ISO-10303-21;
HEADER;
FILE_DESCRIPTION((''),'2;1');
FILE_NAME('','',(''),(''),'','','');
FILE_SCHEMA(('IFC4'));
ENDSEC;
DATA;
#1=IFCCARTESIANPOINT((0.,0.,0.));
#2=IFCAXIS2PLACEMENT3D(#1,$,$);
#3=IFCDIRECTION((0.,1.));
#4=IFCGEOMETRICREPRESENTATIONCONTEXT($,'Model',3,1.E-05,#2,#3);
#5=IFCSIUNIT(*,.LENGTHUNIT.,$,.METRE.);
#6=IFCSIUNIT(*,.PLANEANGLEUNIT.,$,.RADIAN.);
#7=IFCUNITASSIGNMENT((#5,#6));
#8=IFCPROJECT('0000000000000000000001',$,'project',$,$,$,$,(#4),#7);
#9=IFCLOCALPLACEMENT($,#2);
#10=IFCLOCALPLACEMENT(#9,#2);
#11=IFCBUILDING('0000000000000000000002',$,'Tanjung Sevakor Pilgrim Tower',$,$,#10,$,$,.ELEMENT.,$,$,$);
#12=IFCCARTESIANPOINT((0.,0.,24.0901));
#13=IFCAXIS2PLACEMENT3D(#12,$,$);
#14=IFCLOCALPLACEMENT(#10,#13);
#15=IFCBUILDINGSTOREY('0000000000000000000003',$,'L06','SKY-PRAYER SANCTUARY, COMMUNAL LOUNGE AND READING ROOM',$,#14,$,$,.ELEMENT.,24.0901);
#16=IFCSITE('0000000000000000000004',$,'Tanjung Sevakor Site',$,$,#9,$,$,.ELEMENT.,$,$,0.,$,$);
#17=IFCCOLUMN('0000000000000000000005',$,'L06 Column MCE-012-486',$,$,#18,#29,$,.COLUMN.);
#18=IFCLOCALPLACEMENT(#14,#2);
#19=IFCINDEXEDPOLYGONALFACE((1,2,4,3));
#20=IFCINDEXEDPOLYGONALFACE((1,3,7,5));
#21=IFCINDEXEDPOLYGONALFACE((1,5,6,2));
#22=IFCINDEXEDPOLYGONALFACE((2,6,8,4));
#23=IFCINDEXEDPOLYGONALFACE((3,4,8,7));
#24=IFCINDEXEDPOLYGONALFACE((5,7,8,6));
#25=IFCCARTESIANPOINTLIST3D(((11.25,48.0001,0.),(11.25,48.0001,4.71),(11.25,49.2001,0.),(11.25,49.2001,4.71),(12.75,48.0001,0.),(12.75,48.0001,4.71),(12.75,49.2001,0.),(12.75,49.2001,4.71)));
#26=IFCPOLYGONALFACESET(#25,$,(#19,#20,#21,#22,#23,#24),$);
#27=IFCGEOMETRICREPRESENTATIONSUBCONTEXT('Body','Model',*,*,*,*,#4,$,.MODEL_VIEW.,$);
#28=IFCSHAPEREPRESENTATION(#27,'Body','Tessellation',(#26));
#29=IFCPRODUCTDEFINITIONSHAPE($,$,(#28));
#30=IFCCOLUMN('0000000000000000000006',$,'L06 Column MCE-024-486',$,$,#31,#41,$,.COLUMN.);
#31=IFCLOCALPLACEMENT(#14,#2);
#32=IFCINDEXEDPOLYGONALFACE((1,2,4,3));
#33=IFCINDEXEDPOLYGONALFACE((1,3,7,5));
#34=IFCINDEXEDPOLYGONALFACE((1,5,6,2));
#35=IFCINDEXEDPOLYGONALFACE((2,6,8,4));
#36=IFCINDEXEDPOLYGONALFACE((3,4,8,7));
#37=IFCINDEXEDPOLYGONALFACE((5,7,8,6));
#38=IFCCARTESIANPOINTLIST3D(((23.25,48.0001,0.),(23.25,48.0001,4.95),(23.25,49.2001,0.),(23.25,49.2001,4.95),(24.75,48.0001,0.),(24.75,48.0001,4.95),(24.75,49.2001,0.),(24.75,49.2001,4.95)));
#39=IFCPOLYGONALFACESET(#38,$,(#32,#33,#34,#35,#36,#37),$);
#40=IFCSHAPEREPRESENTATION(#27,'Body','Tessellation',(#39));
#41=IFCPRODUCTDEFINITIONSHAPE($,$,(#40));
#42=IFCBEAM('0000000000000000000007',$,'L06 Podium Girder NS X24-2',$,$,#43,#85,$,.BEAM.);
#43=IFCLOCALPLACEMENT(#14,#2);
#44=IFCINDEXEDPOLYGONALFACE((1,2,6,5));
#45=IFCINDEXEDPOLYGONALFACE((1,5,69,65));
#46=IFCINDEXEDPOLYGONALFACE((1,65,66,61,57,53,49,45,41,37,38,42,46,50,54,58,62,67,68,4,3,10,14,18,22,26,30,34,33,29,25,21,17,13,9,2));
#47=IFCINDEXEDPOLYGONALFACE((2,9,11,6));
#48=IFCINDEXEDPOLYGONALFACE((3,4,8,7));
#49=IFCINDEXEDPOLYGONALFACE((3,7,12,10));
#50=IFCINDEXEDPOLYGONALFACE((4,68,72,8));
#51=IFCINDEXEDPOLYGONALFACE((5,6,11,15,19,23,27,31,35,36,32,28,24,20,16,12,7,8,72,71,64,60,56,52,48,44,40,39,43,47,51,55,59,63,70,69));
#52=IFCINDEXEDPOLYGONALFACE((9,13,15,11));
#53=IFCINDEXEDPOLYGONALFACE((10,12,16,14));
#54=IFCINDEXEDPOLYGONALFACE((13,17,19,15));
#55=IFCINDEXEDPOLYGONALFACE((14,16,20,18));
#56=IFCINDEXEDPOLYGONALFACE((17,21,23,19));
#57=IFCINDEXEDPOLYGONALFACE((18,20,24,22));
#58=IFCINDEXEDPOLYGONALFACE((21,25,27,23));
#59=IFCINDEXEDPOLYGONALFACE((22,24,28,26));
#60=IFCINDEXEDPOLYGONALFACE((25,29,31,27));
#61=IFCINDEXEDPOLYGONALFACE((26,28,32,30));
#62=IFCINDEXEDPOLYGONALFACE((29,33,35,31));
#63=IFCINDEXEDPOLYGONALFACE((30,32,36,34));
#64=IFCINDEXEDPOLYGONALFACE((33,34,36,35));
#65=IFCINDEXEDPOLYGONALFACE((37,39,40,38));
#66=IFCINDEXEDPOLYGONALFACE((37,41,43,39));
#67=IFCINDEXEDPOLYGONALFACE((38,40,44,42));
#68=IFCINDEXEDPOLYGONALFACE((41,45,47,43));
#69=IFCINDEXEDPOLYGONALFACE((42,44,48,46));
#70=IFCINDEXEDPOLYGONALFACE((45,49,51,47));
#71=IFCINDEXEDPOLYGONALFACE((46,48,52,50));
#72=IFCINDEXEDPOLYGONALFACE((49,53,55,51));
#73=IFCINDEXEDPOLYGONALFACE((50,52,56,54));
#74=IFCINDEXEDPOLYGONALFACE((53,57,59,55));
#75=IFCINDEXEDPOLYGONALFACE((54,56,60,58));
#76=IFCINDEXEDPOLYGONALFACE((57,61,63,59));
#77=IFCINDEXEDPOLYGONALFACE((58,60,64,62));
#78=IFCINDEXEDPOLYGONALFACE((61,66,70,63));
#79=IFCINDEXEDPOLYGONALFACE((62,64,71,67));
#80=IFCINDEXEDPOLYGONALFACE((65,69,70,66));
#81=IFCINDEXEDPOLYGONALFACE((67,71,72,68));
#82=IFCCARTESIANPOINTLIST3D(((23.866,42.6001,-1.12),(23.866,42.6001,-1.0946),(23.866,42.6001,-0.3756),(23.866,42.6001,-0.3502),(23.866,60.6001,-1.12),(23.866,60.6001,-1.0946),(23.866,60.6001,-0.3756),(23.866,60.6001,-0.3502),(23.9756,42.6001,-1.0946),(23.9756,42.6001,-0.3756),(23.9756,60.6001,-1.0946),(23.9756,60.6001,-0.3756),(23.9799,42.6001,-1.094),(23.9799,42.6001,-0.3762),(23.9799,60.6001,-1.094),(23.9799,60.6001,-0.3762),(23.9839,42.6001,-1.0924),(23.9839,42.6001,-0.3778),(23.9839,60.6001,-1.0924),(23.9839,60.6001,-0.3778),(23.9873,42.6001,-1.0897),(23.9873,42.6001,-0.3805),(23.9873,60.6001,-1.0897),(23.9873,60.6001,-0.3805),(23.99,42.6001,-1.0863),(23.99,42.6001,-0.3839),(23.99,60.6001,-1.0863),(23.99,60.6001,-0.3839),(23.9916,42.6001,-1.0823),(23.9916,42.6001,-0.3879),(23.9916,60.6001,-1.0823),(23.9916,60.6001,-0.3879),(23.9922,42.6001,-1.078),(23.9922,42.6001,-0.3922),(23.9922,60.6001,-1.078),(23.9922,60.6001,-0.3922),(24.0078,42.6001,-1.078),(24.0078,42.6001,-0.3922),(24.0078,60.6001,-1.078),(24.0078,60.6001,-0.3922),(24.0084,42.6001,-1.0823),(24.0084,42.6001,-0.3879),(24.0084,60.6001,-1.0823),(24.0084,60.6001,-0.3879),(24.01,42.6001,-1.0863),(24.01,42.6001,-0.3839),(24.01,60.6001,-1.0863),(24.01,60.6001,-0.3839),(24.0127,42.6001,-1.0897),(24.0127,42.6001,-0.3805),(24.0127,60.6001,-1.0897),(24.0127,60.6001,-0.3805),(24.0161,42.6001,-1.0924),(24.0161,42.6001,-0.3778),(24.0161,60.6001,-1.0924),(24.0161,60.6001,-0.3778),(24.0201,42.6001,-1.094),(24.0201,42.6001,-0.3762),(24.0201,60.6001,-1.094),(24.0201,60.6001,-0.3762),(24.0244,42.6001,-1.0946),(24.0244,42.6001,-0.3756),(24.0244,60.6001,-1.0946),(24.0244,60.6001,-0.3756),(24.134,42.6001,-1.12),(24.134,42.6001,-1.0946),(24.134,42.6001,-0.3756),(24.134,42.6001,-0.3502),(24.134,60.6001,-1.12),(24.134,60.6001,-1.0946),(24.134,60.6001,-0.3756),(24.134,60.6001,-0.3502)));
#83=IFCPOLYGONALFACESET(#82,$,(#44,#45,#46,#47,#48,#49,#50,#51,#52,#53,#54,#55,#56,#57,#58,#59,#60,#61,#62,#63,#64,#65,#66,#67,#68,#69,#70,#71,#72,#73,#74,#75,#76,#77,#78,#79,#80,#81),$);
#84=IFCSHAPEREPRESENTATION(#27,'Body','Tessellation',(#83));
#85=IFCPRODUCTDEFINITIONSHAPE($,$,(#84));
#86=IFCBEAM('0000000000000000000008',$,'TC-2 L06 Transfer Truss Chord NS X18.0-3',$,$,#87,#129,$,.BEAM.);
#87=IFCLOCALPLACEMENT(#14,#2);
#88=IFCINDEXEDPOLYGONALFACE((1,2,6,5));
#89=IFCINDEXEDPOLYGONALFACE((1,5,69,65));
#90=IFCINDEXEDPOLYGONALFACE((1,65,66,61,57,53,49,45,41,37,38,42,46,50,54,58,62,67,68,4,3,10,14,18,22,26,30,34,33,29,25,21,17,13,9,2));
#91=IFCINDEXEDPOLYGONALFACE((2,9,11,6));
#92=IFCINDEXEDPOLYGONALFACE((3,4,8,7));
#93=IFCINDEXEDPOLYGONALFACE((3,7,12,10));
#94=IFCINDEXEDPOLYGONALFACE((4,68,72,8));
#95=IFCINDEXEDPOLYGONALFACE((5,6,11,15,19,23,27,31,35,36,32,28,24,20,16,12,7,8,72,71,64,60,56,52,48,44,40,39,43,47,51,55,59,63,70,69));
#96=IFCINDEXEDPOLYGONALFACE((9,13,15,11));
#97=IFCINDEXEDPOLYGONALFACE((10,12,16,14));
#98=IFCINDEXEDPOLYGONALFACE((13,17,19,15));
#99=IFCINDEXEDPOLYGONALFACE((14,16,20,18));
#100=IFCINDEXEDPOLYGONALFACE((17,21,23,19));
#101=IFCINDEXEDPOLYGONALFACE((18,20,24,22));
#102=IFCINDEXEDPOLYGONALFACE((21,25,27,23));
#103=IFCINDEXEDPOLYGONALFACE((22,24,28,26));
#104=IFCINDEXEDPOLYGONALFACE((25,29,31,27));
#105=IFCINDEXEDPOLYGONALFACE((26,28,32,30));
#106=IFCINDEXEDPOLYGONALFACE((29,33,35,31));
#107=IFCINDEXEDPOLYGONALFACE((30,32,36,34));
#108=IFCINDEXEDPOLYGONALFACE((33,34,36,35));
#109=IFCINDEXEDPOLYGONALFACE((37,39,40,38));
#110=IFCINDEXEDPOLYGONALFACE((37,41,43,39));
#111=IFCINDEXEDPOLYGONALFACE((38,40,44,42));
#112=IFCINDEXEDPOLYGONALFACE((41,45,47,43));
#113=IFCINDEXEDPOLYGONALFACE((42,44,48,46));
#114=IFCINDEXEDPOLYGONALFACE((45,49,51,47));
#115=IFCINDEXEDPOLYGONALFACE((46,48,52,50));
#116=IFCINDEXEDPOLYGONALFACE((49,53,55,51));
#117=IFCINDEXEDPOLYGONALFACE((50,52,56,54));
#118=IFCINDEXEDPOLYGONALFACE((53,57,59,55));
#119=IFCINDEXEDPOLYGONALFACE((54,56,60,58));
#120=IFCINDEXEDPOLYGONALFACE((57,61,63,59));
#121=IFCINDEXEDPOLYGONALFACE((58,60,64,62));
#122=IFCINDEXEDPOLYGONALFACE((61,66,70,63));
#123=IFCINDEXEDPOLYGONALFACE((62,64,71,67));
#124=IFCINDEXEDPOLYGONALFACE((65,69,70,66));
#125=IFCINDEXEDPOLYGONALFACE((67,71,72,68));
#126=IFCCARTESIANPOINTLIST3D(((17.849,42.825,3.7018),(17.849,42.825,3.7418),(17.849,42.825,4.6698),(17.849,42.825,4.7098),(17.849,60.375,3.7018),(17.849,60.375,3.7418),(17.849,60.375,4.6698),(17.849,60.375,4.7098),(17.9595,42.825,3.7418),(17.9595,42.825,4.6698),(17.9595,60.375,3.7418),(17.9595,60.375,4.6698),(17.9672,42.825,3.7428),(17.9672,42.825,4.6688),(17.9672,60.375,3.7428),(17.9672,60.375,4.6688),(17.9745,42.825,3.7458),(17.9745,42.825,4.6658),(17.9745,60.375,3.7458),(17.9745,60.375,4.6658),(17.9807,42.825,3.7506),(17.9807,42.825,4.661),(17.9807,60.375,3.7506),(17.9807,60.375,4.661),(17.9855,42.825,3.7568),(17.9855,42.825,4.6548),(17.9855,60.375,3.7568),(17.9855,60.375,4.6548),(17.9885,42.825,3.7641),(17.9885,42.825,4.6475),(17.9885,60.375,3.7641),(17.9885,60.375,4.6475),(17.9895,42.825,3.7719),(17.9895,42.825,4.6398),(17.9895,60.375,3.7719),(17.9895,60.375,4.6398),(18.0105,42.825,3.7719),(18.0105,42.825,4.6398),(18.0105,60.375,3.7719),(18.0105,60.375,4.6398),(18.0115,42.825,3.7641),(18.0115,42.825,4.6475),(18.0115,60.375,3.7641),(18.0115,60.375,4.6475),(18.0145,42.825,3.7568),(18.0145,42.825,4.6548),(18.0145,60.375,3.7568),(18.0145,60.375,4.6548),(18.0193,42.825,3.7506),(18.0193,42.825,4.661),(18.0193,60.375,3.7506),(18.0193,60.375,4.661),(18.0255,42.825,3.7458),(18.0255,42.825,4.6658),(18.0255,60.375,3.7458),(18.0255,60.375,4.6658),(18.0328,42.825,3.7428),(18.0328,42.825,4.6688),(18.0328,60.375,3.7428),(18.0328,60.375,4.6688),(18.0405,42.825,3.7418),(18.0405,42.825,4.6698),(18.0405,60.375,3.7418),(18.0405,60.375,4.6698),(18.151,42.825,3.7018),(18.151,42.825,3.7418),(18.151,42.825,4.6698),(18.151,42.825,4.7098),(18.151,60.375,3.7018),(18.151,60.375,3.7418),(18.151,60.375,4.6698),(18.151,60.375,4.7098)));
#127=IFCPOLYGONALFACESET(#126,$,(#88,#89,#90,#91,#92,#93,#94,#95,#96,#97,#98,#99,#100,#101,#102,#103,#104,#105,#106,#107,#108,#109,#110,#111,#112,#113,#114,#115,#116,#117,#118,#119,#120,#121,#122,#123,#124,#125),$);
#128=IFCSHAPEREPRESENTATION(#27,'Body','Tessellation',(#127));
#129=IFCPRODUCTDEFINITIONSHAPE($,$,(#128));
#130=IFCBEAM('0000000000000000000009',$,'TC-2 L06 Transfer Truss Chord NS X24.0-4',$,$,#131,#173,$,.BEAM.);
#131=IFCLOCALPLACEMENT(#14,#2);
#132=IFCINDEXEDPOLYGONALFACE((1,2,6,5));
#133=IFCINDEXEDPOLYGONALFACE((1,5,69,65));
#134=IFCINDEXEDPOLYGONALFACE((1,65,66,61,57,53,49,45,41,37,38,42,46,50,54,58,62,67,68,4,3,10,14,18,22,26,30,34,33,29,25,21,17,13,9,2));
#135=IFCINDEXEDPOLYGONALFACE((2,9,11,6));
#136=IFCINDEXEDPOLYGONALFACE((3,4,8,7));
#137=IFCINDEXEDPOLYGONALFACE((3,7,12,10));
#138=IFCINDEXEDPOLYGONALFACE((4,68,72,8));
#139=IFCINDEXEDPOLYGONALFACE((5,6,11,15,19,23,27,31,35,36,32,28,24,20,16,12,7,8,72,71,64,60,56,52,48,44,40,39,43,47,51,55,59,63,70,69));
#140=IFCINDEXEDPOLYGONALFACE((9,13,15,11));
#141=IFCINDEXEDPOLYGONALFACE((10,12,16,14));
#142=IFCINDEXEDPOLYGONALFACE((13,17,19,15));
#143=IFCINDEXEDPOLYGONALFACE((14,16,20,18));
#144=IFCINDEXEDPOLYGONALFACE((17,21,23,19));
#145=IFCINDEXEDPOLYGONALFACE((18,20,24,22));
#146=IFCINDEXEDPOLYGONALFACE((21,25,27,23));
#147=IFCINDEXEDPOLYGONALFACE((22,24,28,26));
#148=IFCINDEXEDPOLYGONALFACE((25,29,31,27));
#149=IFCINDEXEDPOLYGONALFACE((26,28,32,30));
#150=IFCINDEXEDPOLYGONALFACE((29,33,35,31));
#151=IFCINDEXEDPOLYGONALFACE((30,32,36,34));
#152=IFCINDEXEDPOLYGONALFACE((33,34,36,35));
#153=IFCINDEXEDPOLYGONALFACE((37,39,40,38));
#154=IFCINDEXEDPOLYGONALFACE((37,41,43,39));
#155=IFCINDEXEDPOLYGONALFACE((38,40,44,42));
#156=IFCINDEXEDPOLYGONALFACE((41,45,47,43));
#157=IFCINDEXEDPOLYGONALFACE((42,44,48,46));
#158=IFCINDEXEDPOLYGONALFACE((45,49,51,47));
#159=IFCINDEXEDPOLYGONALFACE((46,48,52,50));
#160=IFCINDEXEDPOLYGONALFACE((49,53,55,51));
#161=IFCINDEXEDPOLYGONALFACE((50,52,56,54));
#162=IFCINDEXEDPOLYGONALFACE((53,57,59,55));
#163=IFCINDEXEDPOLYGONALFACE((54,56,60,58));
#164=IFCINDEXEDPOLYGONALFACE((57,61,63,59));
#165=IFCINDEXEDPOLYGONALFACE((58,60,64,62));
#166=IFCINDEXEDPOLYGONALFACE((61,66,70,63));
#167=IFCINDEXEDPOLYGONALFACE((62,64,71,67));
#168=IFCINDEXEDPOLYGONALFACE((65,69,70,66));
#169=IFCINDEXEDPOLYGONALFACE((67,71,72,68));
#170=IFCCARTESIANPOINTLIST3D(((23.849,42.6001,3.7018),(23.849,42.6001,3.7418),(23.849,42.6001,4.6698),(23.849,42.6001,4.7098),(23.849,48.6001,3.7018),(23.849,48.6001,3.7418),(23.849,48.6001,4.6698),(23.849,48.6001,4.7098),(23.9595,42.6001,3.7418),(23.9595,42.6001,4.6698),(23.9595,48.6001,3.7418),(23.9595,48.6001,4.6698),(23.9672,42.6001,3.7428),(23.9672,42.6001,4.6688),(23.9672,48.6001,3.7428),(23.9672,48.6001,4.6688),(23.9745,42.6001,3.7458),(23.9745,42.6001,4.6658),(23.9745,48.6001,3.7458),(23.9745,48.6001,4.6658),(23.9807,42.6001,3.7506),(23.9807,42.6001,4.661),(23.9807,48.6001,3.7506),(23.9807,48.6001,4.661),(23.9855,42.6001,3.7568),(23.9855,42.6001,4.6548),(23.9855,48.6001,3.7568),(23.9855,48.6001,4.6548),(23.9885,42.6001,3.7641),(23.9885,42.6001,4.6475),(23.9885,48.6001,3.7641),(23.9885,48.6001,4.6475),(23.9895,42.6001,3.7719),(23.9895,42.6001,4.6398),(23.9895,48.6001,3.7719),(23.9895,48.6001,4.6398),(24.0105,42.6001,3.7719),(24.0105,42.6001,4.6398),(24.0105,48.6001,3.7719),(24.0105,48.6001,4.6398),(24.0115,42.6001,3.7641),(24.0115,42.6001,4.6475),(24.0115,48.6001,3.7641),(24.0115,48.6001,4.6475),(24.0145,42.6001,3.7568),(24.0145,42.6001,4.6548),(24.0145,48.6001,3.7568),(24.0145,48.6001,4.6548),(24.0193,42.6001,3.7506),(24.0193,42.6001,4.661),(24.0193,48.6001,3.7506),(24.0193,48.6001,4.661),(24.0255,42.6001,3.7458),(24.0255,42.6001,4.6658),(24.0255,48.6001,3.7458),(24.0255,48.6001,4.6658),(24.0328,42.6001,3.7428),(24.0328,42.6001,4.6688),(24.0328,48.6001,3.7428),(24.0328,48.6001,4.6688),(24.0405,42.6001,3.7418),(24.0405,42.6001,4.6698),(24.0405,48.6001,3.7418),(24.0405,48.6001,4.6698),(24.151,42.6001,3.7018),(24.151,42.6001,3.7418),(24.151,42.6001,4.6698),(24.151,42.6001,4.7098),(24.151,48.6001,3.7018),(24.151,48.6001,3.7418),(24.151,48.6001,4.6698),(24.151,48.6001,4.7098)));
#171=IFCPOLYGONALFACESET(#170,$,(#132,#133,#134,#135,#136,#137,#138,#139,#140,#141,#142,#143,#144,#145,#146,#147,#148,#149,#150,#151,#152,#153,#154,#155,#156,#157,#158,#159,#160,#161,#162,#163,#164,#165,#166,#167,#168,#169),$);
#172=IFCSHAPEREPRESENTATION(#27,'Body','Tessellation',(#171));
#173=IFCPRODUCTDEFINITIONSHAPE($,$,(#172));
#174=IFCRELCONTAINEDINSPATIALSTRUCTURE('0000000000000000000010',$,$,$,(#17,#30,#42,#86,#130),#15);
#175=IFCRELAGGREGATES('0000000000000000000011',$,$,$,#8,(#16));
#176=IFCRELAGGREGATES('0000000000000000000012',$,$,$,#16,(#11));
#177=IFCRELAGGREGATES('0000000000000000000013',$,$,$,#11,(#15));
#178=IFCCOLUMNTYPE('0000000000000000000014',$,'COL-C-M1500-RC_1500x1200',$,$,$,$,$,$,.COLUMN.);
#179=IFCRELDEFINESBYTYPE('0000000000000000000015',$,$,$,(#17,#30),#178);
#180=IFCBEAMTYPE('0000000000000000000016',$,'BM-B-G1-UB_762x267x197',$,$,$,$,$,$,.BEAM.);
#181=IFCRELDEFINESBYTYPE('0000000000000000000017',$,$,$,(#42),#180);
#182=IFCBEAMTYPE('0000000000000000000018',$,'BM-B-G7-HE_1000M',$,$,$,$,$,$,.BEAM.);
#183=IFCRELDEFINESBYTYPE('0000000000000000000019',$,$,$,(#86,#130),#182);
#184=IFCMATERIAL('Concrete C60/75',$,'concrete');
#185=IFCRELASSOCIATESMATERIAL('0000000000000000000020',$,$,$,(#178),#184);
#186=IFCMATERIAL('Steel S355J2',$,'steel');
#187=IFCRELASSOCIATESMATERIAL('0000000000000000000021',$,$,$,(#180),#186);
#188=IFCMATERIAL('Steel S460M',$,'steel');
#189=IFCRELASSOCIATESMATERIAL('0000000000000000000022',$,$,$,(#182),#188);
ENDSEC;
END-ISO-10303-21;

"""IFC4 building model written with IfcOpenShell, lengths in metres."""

from ifc_helpers import new_model, si_unit, direction, frame, origin, origin_2d, place, context, subcontext, project, spatial, rectangle, i_section, extrude, material, material_profile, profile_set, type_object, element, save


model = new_model("IFC4")

# Units and contexts
model_context = context("Model", 3, precision=1e-05, world=origin(), true_north=direction((0.0, 1.0)))
body_context = subcontext(model_context, "Body", "Model", "MODEL_VIEW")
ifc_project = project(units=[si_unit("LENGTHUNIT", "METRE"), si_unit("PLANEANGLEUNIT", "RADIAN")], contexts=[model_context])

# Site, building, storey
site_placement = place(None, origin())
site = spatial("IfcSite", under=ifc_project, at=site_placement, Name="Tanjung Sevakor Site", CompositionType="ELEMENT", RefElevation=0.0)
building_placement = place(site_placement, origin())
building = spatial("IfcBuilding", under=site, at=building_placement, Name="Tanjung Sevakor Pilgrim Tower", CompositionType="ELEMENT")
storey_placement = place(building_placement, frame((0.0, 0.0, 24.0901)))
storey = spatial("IfcBuildingStorey", under=building, at=storey_placement, Name="L06", Description="SKY-PRAYER SANCTUARY, COMMUNAL LOUNGE AND READING ROOM", CompositionType="ELEMENT", Elevation=24.0901)

# Columns
ifc_material_1 = material(Name="Concrete C60/75", Category="concrete")
ifc_material_profile_1 = material_profile(ifc_material_1, rectangle(XDim=1.5, YDim=1.2, at=origin_2d()))
ifc_profile_set_1 = profile_set([ifc_material_profile_1], Name="Concrete C60/75")
column_type = type_object("IfcColumnType", Name="COL-C-M1500-RC_1500x1200", PredefinedType="COLUMN", material=ifc_profile_set_1)
column_1_placement = place(storey_placement, frame((12.0, 48.6001, 0.0), z_axis=(0.0, 0.0, 1.0), x_axis=(1.0, 0.0, 0.0)))
element("IfcColumn", 1, at=column_1_placement, inside=storey, type_object=column_type, Name="L06 Column MCE-012-486", PredefinedType="COLUMN", context=body_context, shape_type="SweptSolid", body=[
    extrude(rectangle(XDim=1.5, YDim=1.2, at=origin_2d()), origin(), (0.0, 0.0, 1.0), 4.71),
])
column_2_placement = place(storey_placement, frame((24.0, 48.6001, 0.0), z_axis=(0.0, 0.0, 1.0), x_axis=(1.0, 0.0, 0.0)))
element("IfcColumn", 2, at=column_2_placement, inside=storey, type_object=column_type, Name="L06 Column MCE-024-486", PredefinedType="COLUMN", context=body_context, shape_type="SweptSolid", body=[
    extrude(rectangle(XDim=1.5, YDim=1.2, at=origin_2d()), origin(), (0.0, 0.0, 1.0), 4.95),
])

# Beams
ifc_material_2 = material(Name="Steel S355J2", Category="steel")
ifc_material_profile_2 = material_profile(ifc_material_2, i_section(OverallWidth=0.2681, OverallDepth=0.7698, WebThickness=0.0156, FlangeThickness=0.0254, FilletRadius=0.0166, at=origin_2d()))
ifc_profile_set_2 = profile_set([ifc_material_profile_2], Name="Steel S355J2")
beam_type_1 = type_object("IfcBeamType", Name="BM-B-G1-UB_762x267x197", PredefinedType="BEAM", material=ifc_profile_set_2)
beam_1_placement = place(storey_placement, frame((24.0, 42.6001, -0.7351), z_axis=(0.0, 1.0, 0.0), x_axis=(-1.0, 0.0, 0.0)))
element("IfcBeam", 3, at=beam_1_placement, inside=storey, type_object=beam_type_1, Name="L06 Podium Girder NS X24-2", PredefinedType="BEAM", context=body_context, shape_type="SweptSolid", body=[
    extrude(i_section(OverallWidth=0.2681, OverallDepth=0.7698, WebThickness=0.0156, FlangeThickness=0.0254, FilletRadius=0.0166, at=origin_2d()), origin(), (0.0, 0.0, 1.0), 18.0),
])
ifc_material_3 = material(Name="Steel S460M", Category="steel")
ifc_material_profile_3 = material_profile(ifc_material_3, i_section(OverallWidth=0.302, OverallDepth=1.0081, WebThickness=0.021, FlangeThickness=0.04, FilletRadius=0.03, at=origin_2d()))
ifc_profile_set_3 = profile_set([ifc_material_profile_3], Name="Steel S460M")
beam_type_2 = type_object("IfcBeamType", Name="BM-B-G7-HE_1000M", PredefinedType="BEAM", material=ifc_profile_set_3)
beam_2_placement = place(storey_placement, frame((18.0, 42.825, 4.2058), z_axis=(0.0, 1.0, 0.0), x_axis=(-1.0, 0.0, 0.0)))
element("IfcBeam", 4, at=beam_2_placement, inside=storey, type_object=beam_type_2, Name="TC-2 L06 Transfer Truss Chord NS X18.0-3", PredefinedType="BEAM", context=body_context, shape_type="SweptSolid", body=[
    extrude(i_section(OverallWidth=0.302, OverallDepth=1.0081, WebThickness=0.021, FlangeThickness=0.04, FilletRadius=0.03, at=origin_2d()), origin(), (0.0, 0.0, 1.0), 17.55),
])
beam_3_placement = place(storey_placement, frame((24.0, 42.6001, 4.2058), z_axis=(0.0, 1.0, 0.0), x_axis=(-1.0, 0.0, 0.0)))
element("IfcBeam", 5, at=beam_3_placement, inside=storey, type_object=beam_type_2, Name="TC-2 L06 Transfer Truss Chord NS X24.0-4", PredefinedType="BEAM", context=body_context, shape_type="SweptSolid", body=[
    extrude(i_section(OverallWidth=0.302, OverallDepth=1.0081, WebThickness=0.021, FlangeThickness=0.04, FilletRadius=0.03, at=origin_2d()), origin(), (0.0, 0.0, 1.0), 6.0),
])

save(model, "model.ifc")
